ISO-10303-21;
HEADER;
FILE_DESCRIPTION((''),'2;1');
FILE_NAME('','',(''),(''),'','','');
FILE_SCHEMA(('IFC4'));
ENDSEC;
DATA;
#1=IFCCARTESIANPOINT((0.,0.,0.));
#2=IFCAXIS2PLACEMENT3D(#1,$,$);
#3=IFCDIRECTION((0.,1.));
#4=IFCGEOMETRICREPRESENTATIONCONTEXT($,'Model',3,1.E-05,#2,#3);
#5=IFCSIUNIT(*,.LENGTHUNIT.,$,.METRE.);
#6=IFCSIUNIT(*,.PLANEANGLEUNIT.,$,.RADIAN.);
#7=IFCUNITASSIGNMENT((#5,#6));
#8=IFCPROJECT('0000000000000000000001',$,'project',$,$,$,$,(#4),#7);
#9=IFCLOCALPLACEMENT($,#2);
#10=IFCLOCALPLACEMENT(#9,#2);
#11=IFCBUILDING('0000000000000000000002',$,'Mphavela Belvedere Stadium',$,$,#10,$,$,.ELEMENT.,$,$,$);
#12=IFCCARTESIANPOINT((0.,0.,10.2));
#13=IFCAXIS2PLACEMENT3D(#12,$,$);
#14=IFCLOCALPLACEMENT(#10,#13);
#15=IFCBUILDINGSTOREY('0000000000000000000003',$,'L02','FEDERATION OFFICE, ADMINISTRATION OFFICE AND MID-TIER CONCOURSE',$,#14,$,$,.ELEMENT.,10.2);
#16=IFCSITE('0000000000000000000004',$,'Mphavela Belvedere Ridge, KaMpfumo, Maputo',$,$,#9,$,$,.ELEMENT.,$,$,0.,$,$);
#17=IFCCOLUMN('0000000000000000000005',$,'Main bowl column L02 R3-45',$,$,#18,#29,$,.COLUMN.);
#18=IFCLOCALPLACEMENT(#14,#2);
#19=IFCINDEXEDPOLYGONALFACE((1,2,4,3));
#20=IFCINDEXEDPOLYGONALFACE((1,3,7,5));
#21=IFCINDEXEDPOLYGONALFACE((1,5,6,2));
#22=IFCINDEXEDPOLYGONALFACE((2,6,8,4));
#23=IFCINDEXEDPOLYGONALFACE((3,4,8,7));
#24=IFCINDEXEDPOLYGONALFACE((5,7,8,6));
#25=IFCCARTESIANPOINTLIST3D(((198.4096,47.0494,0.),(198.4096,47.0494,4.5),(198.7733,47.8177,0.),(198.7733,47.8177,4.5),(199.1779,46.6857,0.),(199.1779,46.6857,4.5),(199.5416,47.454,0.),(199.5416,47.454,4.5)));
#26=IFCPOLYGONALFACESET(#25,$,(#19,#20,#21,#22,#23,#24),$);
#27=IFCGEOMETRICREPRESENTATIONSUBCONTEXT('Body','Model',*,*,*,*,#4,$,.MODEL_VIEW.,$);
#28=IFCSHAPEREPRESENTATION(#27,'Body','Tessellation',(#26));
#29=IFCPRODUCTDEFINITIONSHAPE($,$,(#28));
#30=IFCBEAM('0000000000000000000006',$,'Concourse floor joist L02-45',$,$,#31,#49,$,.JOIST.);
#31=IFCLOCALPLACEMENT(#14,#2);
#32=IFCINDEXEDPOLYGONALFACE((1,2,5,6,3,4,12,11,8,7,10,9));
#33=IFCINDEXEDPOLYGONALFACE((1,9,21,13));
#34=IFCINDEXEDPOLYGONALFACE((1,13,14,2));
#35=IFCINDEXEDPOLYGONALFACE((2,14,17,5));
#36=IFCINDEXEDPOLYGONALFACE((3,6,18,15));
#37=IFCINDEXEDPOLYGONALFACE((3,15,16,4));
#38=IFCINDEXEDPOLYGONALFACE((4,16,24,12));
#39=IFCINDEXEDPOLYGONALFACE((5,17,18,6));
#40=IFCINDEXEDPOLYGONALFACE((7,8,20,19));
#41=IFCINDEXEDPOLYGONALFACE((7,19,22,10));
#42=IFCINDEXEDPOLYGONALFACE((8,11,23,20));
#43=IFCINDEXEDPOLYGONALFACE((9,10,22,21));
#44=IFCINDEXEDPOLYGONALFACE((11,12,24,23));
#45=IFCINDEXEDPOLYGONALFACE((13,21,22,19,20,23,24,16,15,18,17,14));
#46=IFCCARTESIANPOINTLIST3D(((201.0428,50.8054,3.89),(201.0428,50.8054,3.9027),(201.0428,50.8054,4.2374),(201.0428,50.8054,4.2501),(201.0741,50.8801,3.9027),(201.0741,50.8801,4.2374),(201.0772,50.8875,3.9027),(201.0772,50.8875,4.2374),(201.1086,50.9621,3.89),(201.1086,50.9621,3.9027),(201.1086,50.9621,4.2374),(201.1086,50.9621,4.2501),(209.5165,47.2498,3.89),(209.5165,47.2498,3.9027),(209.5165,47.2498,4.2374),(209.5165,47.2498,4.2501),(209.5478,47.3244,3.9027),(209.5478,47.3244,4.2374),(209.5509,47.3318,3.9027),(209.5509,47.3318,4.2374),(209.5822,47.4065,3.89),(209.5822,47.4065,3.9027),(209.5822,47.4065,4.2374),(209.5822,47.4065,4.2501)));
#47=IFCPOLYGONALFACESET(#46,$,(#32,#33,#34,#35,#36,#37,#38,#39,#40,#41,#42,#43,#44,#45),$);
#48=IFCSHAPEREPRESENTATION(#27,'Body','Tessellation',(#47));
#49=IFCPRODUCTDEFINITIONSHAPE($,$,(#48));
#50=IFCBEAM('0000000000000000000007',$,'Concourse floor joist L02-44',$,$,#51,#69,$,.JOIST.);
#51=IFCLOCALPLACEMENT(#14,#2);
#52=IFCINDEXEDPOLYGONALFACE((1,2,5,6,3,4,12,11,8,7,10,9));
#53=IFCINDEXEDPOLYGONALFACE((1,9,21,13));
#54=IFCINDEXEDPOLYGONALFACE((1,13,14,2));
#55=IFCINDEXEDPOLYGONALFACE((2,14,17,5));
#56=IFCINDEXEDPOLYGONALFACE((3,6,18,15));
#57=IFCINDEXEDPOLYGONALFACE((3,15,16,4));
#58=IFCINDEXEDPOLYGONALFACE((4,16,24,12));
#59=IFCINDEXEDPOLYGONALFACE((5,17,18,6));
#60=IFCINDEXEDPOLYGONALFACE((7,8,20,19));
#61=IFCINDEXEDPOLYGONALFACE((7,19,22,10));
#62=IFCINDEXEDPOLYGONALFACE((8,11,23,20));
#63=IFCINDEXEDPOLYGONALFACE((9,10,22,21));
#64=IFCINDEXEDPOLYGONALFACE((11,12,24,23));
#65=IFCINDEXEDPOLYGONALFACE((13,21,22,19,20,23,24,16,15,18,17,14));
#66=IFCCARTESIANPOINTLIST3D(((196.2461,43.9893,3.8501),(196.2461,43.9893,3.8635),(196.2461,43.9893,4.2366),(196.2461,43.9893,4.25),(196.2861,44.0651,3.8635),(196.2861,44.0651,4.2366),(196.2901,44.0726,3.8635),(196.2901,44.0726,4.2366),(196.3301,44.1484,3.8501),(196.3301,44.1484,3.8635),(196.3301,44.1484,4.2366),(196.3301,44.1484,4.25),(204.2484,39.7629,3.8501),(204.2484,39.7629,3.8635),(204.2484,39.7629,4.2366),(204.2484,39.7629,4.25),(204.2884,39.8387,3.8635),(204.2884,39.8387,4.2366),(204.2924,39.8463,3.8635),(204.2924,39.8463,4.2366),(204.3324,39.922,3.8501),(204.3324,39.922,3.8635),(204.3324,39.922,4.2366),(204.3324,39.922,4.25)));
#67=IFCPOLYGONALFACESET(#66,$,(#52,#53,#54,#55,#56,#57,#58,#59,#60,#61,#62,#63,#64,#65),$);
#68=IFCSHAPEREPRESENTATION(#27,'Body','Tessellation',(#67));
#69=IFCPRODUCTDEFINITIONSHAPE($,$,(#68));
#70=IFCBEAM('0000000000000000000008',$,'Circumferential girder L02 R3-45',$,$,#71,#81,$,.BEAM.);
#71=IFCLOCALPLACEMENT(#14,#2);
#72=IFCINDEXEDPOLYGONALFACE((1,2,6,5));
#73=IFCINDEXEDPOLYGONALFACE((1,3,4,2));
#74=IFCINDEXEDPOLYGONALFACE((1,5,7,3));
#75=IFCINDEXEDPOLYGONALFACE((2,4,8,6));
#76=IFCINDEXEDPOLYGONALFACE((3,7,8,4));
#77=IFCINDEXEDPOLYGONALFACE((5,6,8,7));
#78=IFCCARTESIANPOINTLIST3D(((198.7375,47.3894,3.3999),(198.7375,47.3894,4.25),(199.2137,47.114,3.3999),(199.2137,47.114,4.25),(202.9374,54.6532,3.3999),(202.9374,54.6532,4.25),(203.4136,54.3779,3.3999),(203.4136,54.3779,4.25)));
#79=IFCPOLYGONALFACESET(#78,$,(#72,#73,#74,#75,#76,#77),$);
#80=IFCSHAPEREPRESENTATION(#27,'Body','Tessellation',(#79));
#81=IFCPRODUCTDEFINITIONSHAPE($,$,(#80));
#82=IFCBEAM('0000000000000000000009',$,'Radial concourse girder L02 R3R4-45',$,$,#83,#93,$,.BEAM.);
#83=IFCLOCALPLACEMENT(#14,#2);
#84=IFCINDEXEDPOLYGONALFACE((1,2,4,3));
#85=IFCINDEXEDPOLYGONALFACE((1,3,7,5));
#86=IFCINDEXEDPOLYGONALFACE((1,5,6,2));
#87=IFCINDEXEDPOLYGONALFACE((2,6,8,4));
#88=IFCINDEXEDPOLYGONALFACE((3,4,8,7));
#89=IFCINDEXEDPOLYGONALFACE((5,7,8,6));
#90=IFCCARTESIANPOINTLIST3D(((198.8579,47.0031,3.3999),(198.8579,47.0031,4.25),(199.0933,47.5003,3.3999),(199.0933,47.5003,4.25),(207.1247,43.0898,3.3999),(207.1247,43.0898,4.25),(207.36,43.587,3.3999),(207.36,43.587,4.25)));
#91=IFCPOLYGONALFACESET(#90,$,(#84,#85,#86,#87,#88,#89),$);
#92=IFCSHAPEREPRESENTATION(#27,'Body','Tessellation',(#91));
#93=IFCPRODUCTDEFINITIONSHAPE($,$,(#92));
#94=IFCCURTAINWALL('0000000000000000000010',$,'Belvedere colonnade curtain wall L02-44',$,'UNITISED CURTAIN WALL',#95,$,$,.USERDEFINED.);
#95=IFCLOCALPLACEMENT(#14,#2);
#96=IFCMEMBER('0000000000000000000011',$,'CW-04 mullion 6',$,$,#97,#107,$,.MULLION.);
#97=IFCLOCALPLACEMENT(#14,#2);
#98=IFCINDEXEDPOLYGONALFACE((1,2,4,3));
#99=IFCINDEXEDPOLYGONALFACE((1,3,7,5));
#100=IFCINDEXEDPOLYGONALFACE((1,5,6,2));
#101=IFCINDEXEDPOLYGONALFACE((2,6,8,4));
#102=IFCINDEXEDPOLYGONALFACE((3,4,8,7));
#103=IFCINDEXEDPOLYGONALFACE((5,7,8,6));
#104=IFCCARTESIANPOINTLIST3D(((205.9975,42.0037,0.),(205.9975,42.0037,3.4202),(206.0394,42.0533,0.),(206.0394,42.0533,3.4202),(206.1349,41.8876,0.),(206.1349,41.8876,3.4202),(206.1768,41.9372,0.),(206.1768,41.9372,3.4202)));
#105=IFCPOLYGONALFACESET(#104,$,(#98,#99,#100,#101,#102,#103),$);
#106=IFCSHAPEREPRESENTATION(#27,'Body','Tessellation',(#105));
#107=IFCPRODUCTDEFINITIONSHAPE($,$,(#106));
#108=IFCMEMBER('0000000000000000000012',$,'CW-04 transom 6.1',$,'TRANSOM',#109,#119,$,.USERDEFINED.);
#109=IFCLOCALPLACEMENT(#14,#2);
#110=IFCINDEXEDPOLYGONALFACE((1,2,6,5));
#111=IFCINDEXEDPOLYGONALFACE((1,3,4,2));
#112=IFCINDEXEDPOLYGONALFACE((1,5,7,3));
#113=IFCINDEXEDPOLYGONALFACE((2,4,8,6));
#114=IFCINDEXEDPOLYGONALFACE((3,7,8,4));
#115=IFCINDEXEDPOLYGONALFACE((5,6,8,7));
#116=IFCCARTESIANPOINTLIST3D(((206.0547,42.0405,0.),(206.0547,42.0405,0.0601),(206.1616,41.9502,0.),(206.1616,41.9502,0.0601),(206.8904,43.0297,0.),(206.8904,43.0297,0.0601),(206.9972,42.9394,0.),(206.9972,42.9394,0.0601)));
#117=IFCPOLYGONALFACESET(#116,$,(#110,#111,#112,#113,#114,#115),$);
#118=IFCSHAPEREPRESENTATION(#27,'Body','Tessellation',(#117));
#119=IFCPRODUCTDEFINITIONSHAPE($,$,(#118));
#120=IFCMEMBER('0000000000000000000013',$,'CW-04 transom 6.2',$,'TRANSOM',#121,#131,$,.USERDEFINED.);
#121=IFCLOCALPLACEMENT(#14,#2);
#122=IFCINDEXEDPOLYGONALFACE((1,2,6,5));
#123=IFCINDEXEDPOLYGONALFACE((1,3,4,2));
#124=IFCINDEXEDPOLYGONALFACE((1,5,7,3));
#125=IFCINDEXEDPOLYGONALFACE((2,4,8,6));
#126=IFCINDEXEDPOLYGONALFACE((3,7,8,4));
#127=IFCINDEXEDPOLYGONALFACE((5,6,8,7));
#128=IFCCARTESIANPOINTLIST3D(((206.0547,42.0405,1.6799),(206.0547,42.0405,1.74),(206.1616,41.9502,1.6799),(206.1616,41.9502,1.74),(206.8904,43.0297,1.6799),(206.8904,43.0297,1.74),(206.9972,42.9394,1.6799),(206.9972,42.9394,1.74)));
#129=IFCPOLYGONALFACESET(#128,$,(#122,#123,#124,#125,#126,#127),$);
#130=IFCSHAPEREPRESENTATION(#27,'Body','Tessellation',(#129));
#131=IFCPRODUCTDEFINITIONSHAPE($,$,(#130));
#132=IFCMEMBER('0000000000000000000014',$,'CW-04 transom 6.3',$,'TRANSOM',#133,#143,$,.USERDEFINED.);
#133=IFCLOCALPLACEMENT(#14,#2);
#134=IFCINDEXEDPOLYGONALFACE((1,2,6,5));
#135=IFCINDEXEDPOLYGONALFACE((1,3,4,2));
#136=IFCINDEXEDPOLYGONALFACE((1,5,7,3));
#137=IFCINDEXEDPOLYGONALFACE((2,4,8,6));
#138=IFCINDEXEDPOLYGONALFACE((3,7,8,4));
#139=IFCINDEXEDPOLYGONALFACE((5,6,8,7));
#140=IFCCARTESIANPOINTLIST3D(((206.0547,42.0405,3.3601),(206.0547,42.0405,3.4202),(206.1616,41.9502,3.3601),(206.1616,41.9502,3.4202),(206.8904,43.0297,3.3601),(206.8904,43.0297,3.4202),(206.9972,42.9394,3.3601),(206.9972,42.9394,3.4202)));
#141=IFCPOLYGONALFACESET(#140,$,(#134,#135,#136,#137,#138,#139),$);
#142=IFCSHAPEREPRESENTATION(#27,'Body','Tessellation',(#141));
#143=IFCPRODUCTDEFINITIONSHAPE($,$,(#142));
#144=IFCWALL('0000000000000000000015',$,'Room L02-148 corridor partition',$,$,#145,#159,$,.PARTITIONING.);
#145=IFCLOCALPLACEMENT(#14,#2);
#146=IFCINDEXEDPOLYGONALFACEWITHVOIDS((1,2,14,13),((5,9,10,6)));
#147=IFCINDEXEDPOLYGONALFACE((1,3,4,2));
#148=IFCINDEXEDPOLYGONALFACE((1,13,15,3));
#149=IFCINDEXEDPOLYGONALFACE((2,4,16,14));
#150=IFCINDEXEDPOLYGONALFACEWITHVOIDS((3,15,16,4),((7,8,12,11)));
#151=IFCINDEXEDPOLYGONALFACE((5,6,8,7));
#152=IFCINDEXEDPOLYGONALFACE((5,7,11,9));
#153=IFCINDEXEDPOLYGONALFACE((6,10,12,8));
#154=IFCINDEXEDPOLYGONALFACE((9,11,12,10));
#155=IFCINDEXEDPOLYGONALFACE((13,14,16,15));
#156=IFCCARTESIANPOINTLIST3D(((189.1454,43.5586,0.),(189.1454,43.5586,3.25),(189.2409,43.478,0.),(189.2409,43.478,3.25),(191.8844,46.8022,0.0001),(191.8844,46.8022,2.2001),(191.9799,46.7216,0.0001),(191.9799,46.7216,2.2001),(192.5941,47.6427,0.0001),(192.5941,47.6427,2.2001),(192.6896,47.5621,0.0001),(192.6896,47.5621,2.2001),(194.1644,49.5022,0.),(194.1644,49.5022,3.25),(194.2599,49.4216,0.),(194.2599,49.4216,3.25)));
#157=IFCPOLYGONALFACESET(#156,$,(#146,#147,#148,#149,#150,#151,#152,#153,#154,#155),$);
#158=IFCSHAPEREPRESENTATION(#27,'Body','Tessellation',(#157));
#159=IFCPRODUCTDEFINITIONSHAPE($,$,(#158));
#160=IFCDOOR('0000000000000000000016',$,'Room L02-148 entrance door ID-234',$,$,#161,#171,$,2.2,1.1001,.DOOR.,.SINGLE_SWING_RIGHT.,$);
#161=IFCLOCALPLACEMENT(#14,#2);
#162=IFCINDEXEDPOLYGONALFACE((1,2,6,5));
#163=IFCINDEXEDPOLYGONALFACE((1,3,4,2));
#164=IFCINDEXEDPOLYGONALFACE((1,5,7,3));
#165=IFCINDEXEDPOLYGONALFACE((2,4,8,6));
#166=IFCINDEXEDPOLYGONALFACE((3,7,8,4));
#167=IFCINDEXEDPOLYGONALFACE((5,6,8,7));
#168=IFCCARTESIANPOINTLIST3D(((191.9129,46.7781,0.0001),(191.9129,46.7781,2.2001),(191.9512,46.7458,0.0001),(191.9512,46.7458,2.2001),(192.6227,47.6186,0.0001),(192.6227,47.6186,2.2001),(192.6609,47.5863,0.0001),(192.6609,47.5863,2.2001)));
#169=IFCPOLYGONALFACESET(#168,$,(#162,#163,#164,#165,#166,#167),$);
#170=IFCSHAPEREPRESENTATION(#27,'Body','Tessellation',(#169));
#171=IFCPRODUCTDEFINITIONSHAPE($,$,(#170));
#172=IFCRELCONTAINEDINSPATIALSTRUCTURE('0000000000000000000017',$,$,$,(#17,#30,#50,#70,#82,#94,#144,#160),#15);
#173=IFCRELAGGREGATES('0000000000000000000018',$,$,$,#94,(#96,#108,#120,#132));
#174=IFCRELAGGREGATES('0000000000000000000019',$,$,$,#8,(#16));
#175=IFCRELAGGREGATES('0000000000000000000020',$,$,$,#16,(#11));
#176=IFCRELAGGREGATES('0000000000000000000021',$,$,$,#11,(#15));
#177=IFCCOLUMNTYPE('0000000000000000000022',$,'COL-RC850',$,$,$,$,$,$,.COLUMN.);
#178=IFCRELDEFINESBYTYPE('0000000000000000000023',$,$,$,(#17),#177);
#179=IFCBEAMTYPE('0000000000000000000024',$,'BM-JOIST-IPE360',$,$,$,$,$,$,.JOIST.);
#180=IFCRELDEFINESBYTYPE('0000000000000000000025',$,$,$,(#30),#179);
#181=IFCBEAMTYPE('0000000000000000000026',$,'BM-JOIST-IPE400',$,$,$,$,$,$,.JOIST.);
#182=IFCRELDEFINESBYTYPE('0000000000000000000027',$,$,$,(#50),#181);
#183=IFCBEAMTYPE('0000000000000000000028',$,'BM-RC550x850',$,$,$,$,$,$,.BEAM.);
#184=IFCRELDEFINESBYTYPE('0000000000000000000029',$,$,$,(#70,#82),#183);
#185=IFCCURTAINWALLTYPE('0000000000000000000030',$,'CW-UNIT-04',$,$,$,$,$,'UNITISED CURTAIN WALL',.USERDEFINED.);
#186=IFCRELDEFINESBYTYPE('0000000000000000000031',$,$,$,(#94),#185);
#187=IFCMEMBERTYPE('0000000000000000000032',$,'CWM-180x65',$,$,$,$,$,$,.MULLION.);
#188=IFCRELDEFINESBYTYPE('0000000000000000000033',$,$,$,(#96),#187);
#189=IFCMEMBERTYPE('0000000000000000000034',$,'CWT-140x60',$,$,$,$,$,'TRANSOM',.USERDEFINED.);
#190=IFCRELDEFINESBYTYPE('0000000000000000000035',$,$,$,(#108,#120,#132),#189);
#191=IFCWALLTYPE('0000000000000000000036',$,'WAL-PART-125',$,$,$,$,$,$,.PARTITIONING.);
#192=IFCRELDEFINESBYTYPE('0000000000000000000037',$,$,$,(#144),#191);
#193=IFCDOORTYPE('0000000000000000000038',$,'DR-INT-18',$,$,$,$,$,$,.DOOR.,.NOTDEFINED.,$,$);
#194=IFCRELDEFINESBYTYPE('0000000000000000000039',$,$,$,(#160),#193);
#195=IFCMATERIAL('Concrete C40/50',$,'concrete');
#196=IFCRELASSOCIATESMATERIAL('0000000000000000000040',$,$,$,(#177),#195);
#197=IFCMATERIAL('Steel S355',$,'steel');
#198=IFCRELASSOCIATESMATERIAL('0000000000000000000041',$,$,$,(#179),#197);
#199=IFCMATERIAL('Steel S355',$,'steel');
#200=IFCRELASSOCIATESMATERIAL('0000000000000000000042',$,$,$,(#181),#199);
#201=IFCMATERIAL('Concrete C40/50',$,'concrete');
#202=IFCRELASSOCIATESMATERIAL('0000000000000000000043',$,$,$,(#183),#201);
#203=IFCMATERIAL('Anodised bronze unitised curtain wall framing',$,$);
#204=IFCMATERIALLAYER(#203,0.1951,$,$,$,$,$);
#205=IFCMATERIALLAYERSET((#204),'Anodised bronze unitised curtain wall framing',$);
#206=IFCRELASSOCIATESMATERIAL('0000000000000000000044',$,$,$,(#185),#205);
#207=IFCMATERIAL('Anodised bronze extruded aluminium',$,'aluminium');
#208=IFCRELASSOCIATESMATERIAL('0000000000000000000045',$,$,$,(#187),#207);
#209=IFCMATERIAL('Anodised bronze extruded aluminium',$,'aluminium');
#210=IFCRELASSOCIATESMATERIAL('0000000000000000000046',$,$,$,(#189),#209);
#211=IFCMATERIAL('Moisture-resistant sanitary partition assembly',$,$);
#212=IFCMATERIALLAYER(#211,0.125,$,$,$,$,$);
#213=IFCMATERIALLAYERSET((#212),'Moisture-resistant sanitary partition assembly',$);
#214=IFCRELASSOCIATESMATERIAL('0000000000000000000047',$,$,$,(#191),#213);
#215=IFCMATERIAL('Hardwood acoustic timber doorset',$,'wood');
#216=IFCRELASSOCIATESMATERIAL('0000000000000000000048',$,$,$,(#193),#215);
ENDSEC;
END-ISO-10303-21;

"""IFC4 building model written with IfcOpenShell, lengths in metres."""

from ifc_helpers import new_model, si_unit, direction, frame, frame_2d, origin, origin_2d, place, context, subcontext, project, spatial, rectangle, i_section, extrude, material, layer, layer_set, material_profile, profile_set, type_object, element, fill, aggregate, save


model = new_model("IFC4")

# Units and contexts
model_context = context("Model", 3, precision=1e-05, world=origin(), true_north=direction((0.0, 1.0)))
body_context = subcontext(model_context, "Body", "Model", "MODEL_VIEW")
ifc_project = project(units=[si_unit("LENGTHUNIT", "METRE"), si_unit("PLANEANGLEUNIT", "RADIAN")], contexts=[model_context])

# Site, building, storey
site_placement = place(None, origin())
site = spatial("IfcSite", under=ifc_project, at=site_placement, Name="Mphavela Belvedere Ridge, KaMpfumo, Maputo", CompositionType="ELEMENT", RefElevation=0.0)
building_placement = place(site_placement, origin())
building = spatial("IfcBuilding", under=site, at=building_placement, Name="Mphavela Belvedere Stadium", CompositionType="ELEMENT")
storey_placement = place(building_placement, frame((0.0, 0.0, 10.2)))
storey = spatial("IfcBuildingStorey", under=building, at=storey_placement, Name="L02", Description="FEDERATION OFFICE, ADMINISTRATION OFFICE AND MID-TIER CONCOURSE", CompositionType="ELEMENT", Elevation=10.2)

# Column
ifc_material_1 = material(Name="Concrete C40/50", Category="concrete")
ifc_material_profile_1 = material_profile(ifc_material_1, rectangle(XDim=0.8501, YDim=0.8501, at=origin_2d()), Name="RC 850x850")
ifc_profile_set_1 = profile_set([ifc_material_profile_1], Name="Concrete C40/50")
column_type = type_object("IfcColumnType", Name="COL-RC850", PredefinedType="COLUMN", material=ifc_profile_set_1)
column_placement = place(storey_placement, frame((198.9756, 47.2517, 0.0), z_axis=(0.0, 0.0, 1.0), x_axis=(0.903859, -0.427831, 0.0)))
element("IfcColumn", 1, at=column_placement, inside=storey, type_object=column_type, Name="Main bowl column L02 R3-45", PredefinedType="COLUMN", context=body_context, shape_type="SweptSolid", body=[
    extrude(rectangle(XDim=0.8501, YDim=0.8501, at=origin_2d()), origin(), (0.0, 0.0, 1.0), 4.5),
])

# Beams
ifc_material_2 = material(Name="Steel S355", Category="steel")
ifc_material_profile_2 = material_profile(ifc_material_2, i_section(OverallWidth=0.1699, OverallDepth=0.3601, WebThickness=0.0081, FlangeThickness=0.0127, at=origin_2d()), Name="IPE 360")
ifc_profile_set_2 = profile_set([ifc_material_profile_2], Name="Steel S355")
beam_type_1 = type_object("IfcBeamType", Name="BM-JOIST-IPE360", PredefinedType="JOIST", material=ifc_profile_set_2)
beam_1_placement = place(storey_placement, frame((201.0757, 50.8838, 4.0701), z_axis=(0.922109, -0.386931, 0.0), x_axis=(0.386931, 0.922109, 0.0)))
element("IfcBeam", 2, at=beam_1_placement, inside=storey, type_object=beam_type_1, Name="Concourse floor joist L02-45", PredefinedType="JOIST", context=body_context, shape_type="SweptSolid", body=[
    extrude(i_section(OverallWidth=0.1699, OverallDepth=0.3601, WebThickness=0.0081, FlangeThickness=0.0127, at=origin_2d()), origin(), (0.0, 0.0, 1.0), 9.1895),
])
ifc_material_3 = material(Name="Steel S355", Category="steel")
ifc_material_profile_3 = material_profile(ifc_material_3, i_section(OverallWidth=0.1799, OverallDepth=0.3999, WebThickness=0.0085, FlangeThickness=0.0134, at=origin_2d()), Name="IPE 400")
ifc_profile_set_3 = profile_set([ifc_material_profile_3], Name="Steel S355")
beam_type_2 = type_object("IfcBeamType", Name="BM-JOIST-IPE400", PredefinedType="JOIST", material=ifc_profile_set_3)
beam_2_placement = place(storey_placement, frame((196.2881, 44.0688, 4.05), z_axis=(0.884251, -0.467012, 0.0), x_axis=(0.467012, 0.884251, 0.0)))
element("IfcBeam", 3, at=beam_2_placement, inside=storey, type_object=beam_type_2, Name="Concourse floor joist L02-44", PredefinedType="JOIST", context=body_context, shape_type="SweptSolid", body=[
    extrude(i_section(OverallWidth=0.1799, OverallDepth=0.3999, WebThickness=0.0085, FlangeThickness=0.0134, at=origin_2d()), origin(), (0.0, 0.0, 1.0), 9.0498),
])
ifc_material_4 = material(Name="Concrete C40/50", Category="concrete")
ifc_material_profile_4 = material_profile(ifc_material_4, rectangle(XDim=0.55, YDim=0.8501, at=origin_2d()), Name="RC 550x850")
ifc_profile_set_4 = profile_set([ifc_material_profile_4], Name="Concrete C40/50")
beam_type_3 = type_object("IfcBeamType", Name="BM-RC550x850", PredefinedType="BEAM", material=ifc_profile_set_4)
beam_3_placement = place(storey_placement, frame((198.9756, 47.2517, 3.825), z_axis=(0.500548, 0.865709, 0.0), x_axis=(-0.865709, 0.500548, 0.0)))
element("IfcBeam", 4, at=beam_3_placement, inside=storey, type_object=beam_type_3, Name="Circumferential girder L02 R3-45", PredefinedType="BEAM", context=body_context, shape_type="SweptSolid", body=[
    extrude(rectangle(XDim=0.55, YDim=0.8501, at=origin_2d()), origin(), (0.0, 0.0, 1.0), 8.3906),
])
beam_4_placement = place(storey_placement, frame((198.9756, 47.2517, 3.825), z_axis=(0.903845, -0.427859, 0.0), x_axis=(0.427859, 0.903845, 0.0)))
element("IfcBeam", 5, at=beam_4_placement, inside=storey, type_object=beam_type_3, Name="Radial concourse girder L02 R3R4-45", PredefinedType="BEAM", context=body_context, shape_type="SweptSolid", body=[
    extrude(rectangle(XDim=0.55, YDim=0.8501, at=origin_2d()), origin(), (0.0, 0.0, 1.0), 9.1462),
])

# Curtain wall, members
ifc_material_5 = material(Name="Anodised bronze unitised curtain wall framing")
ifc_layer_1 = layer(ifc_material_5, 0.1951)
ifc_layer_set_1 = layer_set([ifc_layer_1], Name="Anodised bronze unitised curtain wall framing")
curtain_wall_type = type_object("IfcCurtainWallType", Name="CW-UNIT-04", ElementType="UNITISED CURTAIN WALL", PredefinedType="USERDEFINED", material=ifc_layer_set_1)
curtain_wall_placement = place(storey_placement, origin())
curtain_wall = element("IfcCurtainWall", 6, at=curtain_wall_placement, inside=storey, type_object=curtain_wall_type, Name="Belvedere colonnade curtain wall L02-44", ObjectType="UNITISED CURTAIN WALL", PredefinedType="USERDEFINED")
ifc_material_6 = material(Name="Anodised bronze extruded aluminium", Category="aluminium")
ifc_material_profile_5 = material_profile(ifc_material_6, rectangle(XDim=0.1799, YDim=0.0649, at=origin_2d()), Name="CW-MUL 180x65")
ifc_profile_set_5 = profile_set([ifc_material_profile_5], Name="Anodised bronze extruded aluminium")
member_type_1 = type_object("IfcMemberType", Name="CWM-180x65", PredefinedType="MULLION", material=ifc_profile_set_5)
member_1_placement = place(storey_placement, frame((206.0872, 41.9705, 0.0), z_axis=(0.0, 0.0, 1.0), x_axis=(-0.76404, 0.645169, 0.0)))
member_1 = element("IfcMember", 7, at=member_1_placement, type_object=member_type_1, Name="CW-04 mullion 6", PredefinedType="MULLION", context=body_context, shape_type="SweptSolid", body=[
    extrude(rectangle(XDim=0.1799, YDim=0.0649, at=origin_2d()), origin(), (0.0, 0.0, 1.0), 3.4202),
])
ifc_material_7 = material(Name="Anodised bronze extruded aluminium", Category="aluminium")
ifc_material_profile_6 = material_profile(ifc_material_7, rectangle(XDim=0.1399, YDim=0.0601, at=origin_2d()), Name="CW-TRN 140x60")
ifc_profile_set_6 = profile_set([ifc_material_profile_6], Name="Anodised bronze extruded aluminium")
member_type_2 = type_object("IfcMemberType", Name="CWT-140x60", ElementType="TRANSOM", PredefinedType="USERDEFINED", material=ifc_profile_set_6)
member_2_placement = place(storey_placement, frame((206.1082, 41.9954, 0.03), z_axis=(0.645325, 0.763908, 0.0), x_axis=(-0.763908, 0.645325, 0.0)))
member_2 = element("IfcMember", 8, at=member_2_placement, type_object=member_type_2, Name="CW-04 transom 6.1", ObjectType="TRANSOM", PredefinedType="USERDEFINED", context=body_context, shape_type="SweptSolid", body=[
    extrude(rectangle(XDim=0.1399, YDim=0.0601, at=origin_2d()), origin(), (0.0, 0.0, 1.0), 1.2949),
])
member_3_placement = place(storey_placement, frame((206.1082, 41.9954, 1.71), z_axis=(0.645325, 0.763908, 0.0), x_axis=(-0.763908, 0.645325, 0.0)))
member_3 = element("IfcMember", 9, at=member_3_placement, type_object=member_type_2, Name="CW-04 transom 6.2", ObjectType="TRANSOM", PredefinedType="USERDEFINED", context=body_context, shape_type="SweptSolid", body=[
    extrude(rectangle(XDim=0.1399, YDim=0.0601, at=origin_2d()), origin(), (0.0, 0.0, 1.0), 1.2949),
])
member_4_placement = place(storey_placement, frame((206.1082, 41.9954, 3.3901), z_axis=(0.645325, 0.763908, 0.0), x_axis=(-0.763908, 0.645325, 0.0)))
member_4 = element("IfcMember", 10, at=member_4_placement, type_object=member_type_2, Name="CW-04 transom 6.3", ObjectType="TRANSOM", PredefinedType="USERDEFINED", context=body_context, shape_type="SweptSolid", body=[
    extrude(rectangle(XDim=0.1399, YDim=0.0601, at=origin_2d()), origin(), (0.0, 0.0, 1.0), 1.2949),
])
aggregate(curtain_wall, [member_1, member_2, member_3, member_4])

# Wall, opening, door
ifc_material_8 = material(Name="Moisture-resistant sanitary partition assembly")
ifc_layer_2 = layer(ifc_material_8, 0.125)
ifc_layer_set_2 = layer_set([ifc_layer_2], Name="Moisture-resistant sanitary partition assembly")
wall_type_1 = type_object("IfcWallType", Name="WAL-PART-125", PredefinedType="PARTITIONING", material=ifc_layer_set_2)
wall_1_placement = place(storey_placement, frame((194.2122, 49.4619, 0.0), z_axis=(0.0, 0.0, 1.0), x_axis=(-0.645181, -0.76403, 0.0)))
wall_1 = element("IfcWall", 11, at=wall_1_placement, inside=storey, type_object=wall_type_1, Name="Room L02-148 corridor partition", PredefinedType="PARTITIONING", context=body_context, shape_type="SweptSolid", body=[
    extrude(rectangle(XDim=7.7793, YDim=0.125, at=frame_2d((3.8896, 0.0))), origin(), (0.0, 0.0, 1.0), 3.25),
])
opening_1_placement = place(wall_1_placement, frame((2.4338, 0.0, 0.0)))
opening_1 = element("IfcOpeningElement", 12, at=opening_1_placement, cuts=wall_1, PredefinedType="OPENING", context=body_context, shape_type="SweptSolid", body=[
    extrude(rectangle(XDim=1.1001, YDim=2.2, at=frame_2d((0.55, 1.1001))), frame((0.0, 0.0725, 0.0), z_axis=(0.0, -1.0, 0.0), x_axis=(1.0, 0.0, 0.0)), (0.0, 0.0, 1.0), 0.145),
])
ifc_material_9 = material(Name="Hardwood acoustic timber doorset", Category="wood")
door_type_1 = type_object("IfcDoorType", Name="DR-INT-18", OperationType="NOTDEFINED", PredefinedType="DOOR", material=ifc_material_9)
door_1_placement = place(opening_1_placement, origin())
door_1 = element("IfcDoor", 13, at=door_1_placement, inside=storey, type_object=door_type_1, Name="Room L02-148 entrance door ID-234", OperationType="SINGLE_SWING_RIGHT", OverallHeight=2.2, OverallWidth=1.1001, PredefinedType="DOOR", context=body_context, shape_type="SweptSolid", body=[
    extrude(rectangle(XDim=1.1001, YDim=2.2, at=frame_2d((0.55, 1.1001))), frame((0.0, 0.0249, 0.0), z_axis=(0.0, -1.0, 0.0), x_axis=(1.0, 0.0, 0.0)), (0.0, 0.0, 1.0), 0.05),
])
fill(opening_1, door_1)

save(model, "model.ifc")
